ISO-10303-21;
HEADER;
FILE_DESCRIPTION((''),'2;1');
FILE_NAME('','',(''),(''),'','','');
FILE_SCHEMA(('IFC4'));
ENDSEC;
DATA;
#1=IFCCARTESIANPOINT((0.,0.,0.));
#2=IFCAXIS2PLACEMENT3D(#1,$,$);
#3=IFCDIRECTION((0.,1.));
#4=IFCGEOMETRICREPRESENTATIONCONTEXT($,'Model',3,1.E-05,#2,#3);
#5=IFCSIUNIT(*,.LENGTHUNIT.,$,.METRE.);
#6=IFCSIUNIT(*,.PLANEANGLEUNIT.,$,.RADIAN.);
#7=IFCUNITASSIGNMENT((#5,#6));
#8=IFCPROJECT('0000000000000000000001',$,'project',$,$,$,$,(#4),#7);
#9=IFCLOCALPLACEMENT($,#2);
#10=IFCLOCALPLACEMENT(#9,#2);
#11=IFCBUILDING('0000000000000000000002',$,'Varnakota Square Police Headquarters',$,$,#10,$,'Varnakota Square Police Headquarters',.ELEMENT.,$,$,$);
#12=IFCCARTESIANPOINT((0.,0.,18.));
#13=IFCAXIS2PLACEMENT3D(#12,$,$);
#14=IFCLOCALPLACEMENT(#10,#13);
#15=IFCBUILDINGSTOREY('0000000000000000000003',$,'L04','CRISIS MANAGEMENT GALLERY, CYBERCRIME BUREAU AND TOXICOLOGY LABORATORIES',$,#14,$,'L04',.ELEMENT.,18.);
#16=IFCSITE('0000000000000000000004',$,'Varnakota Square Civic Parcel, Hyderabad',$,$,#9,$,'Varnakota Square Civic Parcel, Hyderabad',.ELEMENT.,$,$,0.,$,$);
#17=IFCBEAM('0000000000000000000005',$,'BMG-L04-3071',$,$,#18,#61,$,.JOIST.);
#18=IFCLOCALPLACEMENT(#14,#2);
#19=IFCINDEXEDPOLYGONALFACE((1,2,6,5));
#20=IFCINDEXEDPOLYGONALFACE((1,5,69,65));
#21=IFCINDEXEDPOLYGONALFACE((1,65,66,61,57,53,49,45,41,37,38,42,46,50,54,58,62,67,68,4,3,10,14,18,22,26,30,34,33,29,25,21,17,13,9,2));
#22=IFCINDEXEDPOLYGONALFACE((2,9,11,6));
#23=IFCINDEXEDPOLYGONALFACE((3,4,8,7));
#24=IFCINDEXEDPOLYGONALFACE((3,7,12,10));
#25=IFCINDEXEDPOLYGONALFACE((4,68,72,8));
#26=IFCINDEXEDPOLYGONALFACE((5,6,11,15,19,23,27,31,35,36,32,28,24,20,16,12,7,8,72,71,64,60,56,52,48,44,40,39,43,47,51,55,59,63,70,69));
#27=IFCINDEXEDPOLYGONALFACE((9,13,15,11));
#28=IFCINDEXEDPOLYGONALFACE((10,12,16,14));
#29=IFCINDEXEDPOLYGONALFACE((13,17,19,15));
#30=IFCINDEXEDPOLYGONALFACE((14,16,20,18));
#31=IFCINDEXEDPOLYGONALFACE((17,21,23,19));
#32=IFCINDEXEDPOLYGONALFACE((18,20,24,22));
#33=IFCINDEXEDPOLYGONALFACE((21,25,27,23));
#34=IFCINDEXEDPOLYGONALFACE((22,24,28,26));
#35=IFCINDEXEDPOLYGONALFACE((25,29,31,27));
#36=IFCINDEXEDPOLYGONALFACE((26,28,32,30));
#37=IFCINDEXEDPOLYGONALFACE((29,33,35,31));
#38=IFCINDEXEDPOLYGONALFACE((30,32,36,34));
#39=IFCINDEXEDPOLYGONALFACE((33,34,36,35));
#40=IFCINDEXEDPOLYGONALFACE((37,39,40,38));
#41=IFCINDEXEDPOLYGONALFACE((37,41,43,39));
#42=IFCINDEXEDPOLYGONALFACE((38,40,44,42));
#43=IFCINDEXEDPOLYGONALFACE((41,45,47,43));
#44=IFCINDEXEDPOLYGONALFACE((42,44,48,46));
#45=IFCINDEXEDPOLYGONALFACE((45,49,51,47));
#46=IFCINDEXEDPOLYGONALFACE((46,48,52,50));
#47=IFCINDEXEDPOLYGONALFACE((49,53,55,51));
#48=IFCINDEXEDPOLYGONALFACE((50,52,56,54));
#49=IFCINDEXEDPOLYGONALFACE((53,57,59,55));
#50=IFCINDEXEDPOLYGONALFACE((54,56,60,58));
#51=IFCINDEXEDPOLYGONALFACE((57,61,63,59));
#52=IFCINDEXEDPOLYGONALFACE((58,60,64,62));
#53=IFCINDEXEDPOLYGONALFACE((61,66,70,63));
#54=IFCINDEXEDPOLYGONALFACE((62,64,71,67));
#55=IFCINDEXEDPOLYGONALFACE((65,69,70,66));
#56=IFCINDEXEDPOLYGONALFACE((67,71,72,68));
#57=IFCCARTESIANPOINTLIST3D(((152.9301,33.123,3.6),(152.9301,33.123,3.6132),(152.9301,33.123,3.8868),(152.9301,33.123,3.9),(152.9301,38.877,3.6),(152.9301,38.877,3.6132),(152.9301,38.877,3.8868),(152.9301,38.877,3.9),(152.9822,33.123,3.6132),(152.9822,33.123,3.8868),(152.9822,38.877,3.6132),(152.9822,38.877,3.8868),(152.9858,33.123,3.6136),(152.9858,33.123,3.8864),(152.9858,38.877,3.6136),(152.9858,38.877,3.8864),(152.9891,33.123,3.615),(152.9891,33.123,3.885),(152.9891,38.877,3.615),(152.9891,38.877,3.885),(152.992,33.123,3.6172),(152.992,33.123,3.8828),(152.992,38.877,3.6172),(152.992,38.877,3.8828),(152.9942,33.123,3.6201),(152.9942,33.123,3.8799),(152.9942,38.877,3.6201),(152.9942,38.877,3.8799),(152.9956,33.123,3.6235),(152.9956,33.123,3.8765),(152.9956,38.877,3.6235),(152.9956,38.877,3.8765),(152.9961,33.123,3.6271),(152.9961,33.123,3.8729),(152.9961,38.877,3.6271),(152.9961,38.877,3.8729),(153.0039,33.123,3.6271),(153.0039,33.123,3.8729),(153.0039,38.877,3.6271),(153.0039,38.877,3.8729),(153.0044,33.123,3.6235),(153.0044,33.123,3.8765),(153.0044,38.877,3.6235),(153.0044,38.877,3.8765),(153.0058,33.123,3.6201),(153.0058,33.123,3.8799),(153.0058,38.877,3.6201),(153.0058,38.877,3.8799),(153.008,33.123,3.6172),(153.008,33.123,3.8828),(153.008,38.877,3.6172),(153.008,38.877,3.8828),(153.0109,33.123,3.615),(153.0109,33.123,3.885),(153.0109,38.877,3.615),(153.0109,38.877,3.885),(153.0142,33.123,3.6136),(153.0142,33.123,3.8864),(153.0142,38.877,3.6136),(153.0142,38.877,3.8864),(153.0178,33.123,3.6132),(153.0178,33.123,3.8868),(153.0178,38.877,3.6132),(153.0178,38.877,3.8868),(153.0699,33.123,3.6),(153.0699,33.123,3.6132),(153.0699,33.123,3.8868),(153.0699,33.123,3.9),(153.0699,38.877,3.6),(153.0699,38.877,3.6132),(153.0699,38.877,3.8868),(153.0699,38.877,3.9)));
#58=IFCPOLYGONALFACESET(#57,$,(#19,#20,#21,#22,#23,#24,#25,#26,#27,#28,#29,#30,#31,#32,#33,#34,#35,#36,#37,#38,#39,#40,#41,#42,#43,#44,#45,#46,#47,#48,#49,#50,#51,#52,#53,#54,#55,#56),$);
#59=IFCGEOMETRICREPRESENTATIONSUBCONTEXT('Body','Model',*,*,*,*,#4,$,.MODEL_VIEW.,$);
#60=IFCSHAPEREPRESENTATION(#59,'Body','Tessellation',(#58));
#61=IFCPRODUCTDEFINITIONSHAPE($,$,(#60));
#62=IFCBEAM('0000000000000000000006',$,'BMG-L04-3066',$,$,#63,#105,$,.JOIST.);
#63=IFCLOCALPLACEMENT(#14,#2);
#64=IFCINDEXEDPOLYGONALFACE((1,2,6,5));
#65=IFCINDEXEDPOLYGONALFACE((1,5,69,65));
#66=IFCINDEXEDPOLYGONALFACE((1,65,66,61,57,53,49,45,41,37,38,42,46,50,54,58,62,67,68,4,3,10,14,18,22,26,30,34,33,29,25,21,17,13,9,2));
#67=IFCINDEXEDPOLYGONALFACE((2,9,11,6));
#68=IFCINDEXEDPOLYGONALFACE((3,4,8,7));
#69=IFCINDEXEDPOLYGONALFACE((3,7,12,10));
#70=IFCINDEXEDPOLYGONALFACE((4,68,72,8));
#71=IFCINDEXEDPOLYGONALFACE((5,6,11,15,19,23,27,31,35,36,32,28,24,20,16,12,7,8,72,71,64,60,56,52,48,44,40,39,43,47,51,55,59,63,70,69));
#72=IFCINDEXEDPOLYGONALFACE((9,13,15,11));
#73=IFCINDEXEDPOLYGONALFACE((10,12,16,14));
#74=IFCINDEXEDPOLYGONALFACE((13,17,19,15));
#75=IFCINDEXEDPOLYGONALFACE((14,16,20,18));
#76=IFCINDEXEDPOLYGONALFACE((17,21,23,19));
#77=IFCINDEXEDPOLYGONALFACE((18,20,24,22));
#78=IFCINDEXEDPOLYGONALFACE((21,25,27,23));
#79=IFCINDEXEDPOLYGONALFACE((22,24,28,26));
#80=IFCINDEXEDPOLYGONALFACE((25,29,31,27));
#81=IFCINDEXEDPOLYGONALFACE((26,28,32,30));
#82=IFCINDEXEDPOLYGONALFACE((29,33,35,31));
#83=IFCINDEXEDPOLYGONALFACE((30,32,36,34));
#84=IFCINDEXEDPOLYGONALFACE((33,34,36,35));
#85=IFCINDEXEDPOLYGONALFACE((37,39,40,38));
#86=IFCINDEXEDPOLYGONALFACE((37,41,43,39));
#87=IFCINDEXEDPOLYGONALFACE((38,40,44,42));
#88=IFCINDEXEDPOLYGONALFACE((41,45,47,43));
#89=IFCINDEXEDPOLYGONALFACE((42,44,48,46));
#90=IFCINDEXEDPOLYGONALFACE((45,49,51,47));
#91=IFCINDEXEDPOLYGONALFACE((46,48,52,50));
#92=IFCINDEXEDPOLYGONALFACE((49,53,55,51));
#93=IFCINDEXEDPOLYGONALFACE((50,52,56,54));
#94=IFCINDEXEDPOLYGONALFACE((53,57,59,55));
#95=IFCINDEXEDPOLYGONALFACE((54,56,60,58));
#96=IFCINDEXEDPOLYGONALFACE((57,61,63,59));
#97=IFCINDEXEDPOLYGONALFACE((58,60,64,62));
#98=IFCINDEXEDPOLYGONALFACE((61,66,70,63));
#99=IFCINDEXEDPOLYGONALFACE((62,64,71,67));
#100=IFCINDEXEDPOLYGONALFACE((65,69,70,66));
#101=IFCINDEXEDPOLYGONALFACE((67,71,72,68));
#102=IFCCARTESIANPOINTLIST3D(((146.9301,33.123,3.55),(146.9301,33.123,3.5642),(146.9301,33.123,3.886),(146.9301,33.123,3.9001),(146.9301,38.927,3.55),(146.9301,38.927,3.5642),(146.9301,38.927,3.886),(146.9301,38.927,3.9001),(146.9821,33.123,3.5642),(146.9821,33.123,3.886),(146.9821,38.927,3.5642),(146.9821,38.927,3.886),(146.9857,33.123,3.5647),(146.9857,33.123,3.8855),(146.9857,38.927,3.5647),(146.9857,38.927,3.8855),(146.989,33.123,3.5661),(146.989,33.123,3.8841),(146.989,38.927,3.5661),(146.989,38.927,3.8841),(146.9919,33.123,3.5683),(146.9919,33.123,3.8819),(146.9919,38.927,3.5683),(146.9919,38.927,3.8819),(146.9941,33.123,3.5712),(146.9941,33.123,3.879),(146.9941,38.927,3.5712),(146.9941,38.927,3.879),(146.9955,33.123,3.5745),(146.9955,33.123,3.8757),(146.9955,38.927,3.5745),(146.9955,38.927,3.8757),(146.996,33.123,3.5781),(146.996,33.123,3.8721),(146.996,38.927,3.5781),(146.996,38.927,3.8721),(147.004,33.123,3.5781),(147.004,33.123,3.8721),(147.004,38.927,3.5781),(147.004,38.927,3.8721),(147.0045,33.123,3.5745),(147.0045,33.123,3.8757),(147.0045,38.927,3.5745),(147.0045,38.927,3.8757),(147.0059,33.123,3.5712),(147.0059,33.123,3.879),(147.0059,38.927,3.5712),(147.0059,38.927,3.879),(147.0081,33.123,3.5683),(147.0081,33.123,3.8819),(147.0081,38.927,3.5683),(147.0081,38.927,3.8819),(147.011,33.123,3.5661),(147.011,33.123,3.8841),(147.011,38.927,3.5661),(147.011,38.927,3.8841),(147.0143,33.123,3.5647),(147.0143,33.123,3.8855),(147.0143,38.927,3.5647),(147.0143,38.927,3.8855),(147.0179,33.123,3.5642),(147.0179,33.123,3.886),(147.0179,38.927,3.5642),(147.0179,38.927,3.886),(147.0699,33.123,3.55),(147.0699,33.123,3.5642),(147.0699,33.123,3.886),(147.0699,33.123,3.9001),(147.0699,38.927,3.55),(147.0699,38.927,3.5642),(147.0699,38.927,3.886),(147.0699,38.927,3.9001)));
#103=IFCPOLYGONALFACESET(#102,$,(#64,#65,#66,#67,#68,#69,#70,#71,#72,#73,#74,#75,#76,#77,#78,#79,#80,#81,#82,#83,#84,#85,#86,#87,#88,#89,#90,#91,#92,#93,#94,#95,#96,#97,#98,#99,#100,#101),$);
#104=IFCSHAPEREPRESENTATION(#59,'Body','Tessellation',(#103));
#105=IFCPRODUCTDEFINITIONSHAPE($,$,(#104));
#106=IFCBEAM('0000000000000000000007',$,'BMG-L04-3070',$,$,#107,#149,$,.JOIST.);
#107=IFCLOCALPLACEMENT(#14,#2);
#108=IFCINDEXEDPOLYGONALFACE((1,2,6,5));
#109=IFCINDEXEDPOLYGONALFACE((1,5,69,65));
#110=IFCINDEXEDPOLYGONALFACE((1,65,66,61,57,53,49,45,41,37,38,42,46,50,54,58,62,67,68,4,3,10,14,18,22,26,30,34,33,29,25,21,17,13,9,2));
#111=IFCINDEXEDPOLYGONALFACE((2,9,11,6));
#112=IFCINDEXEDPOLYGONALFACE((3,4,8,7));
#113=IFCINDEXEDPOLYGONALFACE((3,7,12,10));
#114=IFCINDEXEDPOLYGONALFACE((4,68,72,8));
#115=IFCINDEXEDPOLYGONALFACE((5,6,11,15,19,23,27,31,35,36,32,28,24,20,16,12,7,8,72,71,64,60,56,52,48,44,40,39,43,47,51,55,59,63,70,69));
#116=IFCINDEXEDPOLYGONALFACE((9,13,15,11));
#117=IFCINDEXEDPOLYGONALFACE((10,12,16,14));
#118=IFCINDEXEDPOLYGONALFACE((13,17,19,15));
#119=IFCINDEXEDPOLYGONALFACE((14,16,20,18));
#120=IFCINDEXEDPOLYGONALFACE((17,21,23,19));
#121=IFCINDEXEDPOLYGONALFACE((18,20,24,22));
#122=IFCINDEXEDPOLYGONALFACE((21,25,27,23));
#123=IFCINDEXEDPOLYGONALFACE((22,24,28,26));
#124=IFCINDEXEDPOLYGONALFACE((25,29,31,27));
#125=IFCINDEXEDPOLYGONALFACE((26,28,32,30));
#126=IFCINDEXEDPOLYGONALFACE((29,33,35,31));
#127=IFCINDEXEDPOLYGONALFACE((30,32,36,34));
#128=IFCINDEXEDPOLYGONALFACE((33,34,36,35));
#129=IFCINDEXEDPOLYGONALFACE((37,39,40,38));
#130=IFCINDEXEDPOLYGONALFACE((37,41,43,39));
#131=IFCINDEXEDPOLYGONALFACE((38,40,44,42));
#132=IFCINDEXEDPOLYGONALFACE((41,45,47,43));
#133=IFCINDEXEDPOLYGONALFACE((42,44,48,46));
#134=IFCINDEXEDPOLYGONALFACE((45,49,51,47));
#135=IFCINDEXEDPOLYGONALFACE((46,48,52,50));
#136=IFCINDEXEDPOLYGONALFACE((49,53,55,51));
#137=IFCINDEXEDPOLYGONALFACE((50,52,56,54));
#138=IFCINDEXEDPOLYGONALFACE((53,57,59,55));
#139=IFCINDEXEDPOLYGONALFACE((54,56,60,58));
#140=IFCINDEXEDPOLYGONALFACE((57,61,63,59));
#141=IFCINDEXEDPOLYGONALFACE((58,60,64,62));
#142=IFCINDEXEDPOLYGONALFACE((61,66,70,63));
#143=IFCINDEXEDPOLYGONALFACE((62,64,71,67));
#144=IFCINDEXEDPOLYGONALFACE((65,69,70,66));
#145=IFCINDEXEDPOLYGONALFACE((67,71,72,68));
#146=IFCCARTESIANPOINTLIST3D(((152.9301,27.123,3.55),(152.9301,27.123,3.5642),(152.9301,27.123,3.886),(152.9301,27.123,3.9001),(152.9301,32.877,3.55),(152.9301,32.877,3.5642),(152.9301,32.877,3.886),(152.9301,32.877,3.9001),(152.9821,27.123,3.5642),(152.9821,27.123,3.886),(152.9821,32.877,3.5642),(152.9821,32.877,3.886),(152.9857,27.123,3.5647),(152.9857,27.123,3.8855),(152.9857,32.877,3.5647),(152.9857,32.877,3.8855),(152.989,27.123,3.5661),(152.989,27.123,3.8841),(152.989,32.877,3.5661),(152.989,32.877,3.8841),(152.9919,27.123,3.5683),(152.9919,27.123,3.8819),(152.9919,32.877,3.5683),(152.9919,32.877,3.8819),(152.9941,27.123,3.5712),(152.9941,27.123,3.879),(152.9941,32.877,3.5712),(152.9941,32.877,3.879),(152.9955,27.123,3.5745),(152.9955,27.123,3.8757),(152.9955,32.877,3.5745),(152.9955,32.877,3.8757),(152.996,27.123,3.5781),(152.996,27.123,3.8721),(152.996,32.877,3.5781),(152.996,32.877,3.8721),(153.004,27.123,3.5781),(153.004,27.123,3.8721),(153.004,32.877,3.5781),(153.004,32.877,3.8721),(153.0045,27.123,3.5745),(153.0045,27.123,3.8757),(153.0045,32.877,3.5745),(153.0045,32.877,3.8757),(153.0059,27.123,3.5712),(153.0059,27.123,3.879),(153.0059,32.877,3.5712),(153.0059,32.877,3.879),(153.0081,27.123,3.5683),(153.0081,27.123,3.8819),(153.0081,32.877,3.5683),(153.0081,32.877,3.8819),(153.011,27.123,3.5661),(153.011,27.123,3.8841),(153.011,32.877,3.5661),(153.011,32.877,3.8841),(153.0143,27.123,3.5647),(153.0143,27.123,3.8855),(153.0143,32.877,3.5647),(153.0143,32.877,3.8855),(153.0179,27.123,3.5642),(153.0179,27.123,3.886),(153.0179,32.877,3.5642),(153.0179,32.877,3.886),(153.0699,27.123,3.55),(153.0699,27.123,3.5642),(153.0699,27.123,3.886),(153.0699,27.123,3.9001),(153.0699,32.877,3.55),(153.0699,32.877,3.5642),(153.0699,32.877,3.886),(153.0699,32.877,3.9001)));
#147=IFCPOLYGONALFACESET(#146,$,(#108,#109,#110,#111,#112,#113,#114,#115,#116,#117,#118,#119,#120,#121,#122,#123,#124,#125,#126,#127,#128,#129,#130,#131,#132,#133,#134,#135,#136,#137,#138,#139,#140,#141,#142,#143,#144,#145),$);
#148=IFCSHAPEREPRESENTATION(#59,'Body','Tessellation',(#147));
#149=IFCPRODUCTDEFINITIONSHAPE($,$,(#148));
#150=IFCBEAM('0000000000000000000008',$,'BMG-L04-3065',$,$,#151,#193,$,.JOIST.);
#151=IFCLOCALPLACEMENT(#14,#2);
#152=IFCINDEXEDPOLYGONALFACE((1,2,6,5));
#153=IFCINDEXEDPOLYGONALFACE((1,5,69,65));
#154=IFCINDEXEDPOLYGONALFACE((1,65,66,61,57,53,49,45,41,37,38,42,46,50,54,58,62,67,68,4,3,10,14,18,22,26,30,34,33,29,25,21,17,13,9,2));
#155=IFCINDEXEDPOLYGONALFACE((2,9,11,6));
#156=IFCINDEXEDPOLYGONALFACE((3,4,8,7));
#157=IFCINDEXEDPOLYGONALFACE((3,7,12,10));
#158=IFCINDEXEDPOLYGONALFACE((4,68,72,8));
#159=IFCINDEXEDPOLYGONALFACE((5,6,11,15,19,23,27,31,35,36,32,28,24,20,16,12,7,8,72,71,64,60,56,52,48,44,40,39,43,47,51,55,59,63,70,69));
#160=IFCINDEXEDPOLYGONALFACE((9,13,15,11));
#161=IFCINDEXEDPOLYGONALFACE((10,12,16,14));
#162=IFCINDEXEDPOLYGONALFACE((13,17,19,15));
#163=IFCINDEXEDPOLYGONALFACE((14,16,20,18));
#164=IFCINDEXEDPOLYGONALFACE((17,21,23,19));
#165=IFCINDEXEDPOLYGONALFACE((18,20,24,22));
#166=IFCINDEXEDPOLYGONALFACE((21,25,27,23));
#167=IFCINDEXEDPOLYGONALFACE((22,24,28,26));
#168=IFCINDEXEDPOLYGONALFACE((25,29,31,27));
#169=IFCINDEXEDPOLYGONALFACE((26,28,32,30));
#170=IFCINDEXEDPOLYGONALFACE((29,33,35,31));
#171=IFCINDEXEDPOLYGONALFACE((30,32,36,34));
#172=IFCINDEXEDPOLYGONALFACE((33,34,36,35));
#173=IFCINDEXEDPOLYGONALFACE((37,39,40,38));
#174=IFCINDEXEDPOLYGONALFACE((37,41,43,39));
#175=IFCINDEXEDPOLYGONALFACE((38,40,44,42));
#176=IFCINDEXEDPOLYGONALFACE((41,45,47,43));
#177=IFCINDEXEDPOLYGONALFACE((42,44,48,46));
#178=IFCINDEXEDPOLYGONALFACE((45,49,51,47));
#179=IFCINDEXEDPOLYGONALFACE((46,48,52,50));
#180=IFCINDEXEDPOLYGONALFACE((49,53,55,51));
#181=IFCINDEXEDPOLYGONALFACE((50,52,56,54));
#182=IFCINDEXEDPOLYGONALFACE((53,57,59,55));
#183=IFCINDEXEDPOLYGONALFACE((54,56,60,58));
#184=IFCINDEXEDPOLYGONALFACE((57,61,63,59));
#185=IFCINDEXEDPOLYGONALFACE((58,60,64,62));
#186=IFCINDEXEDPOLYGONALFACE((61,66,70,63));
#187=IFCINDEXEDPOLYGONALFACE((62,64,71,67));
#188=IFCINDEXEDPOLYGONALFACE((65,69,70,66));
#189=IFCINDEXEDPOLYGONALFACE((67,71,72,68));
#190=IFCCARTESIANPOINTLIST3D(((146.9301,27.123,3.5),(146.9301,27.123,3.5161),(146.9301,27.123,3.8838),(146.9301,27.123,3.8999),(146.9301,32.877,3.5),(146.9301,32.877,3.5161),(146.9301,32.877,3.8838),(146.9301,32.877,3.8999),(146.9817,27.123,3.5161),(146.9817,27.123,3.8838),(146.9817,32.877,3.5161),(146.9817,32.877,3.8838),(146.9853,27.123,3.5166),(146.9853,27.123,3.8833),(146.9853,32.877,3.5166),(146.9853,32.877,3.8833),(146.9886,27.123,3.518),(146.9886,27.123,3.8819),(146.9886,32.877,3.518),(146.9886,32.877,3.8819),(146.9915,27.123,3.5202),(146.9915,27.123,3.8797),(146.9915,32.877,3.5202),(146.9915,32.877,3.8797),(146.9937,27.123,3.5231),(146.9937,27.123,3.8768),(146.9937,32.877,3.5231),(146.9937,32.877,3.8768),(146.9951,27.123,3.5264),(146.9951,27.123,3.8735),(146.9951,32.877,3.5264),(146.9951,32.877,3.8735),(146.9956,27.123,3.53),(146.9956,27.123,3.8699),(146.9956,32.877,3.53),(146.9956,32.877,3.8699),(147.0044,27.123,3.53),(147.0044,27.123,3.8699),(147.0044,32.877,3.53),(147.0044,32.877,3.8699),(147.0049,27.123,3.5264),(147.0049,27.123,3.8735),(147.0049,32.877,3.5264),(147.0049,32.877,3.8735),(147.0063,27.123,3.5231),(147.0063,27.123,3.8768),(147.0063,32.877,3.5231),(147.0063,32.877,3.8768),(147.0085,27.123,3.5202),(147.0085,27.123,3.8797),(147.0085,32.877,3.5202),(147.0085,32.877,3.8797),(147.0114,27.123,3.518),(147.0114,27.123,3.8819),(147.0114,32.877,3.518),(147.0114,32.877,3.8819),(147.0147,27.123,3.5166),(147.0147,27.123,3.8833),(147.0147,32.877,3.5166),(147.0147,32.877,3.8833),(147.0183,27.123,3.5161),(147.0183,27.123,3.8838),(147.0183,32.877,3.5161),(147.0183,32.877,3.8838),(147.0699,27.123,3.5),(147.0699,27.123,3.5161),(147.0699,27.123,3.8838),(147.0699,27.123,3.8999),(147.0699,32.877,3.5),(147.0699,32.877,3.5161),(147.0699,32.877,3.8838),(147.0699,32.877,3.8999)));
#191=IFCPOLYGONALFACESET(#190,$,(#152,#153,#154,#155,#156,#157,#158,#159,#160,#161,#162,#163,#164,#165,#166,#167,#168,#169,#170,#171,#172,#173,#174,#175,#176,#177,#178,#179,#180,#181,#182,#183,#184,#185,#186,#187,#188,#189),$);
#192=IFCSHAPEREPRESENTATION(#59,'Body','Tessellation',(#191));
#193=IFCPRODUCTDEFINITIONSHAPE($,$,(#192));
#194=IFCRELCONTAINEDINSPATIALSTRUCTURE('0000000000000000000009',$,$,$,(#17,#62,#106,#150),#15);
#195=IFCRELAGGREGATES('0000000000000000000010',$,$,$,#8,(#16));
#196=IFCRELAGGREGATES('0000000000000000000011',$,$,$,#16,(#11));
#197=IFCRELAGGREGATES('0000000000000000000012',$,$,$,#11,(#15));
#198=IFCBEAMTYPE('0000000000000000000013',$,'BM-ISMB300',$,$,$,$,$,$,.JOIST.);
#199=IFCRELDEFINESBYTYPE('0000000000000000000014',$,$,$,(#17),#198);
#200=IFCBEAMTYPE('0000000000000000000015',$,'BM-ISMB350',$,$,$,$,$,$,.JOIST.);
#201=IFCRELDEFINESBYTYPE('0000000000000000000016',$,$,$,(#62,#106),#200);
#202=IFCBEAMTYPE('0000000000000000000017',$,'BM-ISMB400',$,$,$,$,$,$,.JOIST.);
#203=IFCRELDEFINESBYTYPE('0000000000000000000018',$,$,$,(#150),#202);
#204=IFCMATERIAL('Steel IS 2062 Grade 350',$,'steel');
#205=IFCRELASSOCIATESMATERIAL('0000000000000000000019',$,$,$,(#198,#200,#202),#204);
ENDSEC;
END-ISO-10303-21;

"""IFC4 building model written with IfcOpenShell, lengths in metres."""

from ifc_helpers import new_model, si_unit, direction, frame, origin, origin_2d, place, context, subcontext, project, spatial, i_section, extrude, material, material_profile, profile_set, type_object, element, save


model = new_model("IFC4")

# Units and contexts
model_context = context("Model", 3, precision=1e-05, world=origin(), true_north=direction((0.0, 1.0)))
body_context = subcontext(model_context, "Body", "Model", "MODEL_VIEW")
ifc_project = project(units=[si_unit("LENGTHUNIT", "METRE"), si_unit("PLANEANGLEUNIT", "RADIAN")], contexts=[model_context])

# Site, building, storey
site_placement = place(None, origin())
site = spatial("IfcSite", under=ifc_project, at=site_placement, Name="Varnakota Square Civic Parcel, Hyderabad", LongName="Varnakota Square Civic Parcel, Hyderabad", CompositionType="ELEMENT", RefElevation=0.0)
building_placement = place(site_placement, origin())
building = spatial("IfcBuilding", under=site, at=building_placement, Name="Varnakota Square Police Headquarters", LongName="Varnakota Square Police Headquarters", CompositionType="ELEMENT")
storey_placement = place(building_placement, frame((0.0, 0.0, 18.0)))
storey = spatial("IfcBuildingStorey", under=building, at=storey_placement, Name="L04", Description="CRISIS MANAGEMENT GALLERY, CYBERCRIME BUREAU AND TOXICOLOGY LABORATORIES", LongName="L04", CompositionType="ELEMENT", Elevation=18.0)

# Shared definitions
ifc_material_1 = material(Name="Steel IS 2062 Grade 350", Category="steel")

# Beams
ifc_material_profile_1 = material_profile(ifc_material_1, i_section(OverallWidth=0.1399, OverallDepth=0.3, WebThickness=0.0078, FlangeThickness=0.0132, FilletRadius=0.0139, at=origin_2d()), Name="ISMB 300")
ifc_profile_set_1 = profile_set([ifc_material_profile_1], Name="Steel IS 2062 Grade 350")
beam_type_1 = type_object("IfcBeamType", Name="BM-ISMB300", PredefinedType="JOIST", material=ifc_profile_set_1)
beam_1_placement = place(storey_placement, frame((153.0, 33.123, 3.75), z_axis=(0.0, 1.0, 0.0), x_axis=(-1.0, 0.0, 0.0)))
element("IfcBeam", 1, at=beam_1_placement, inside=storey, type_object=beam_type_1, Name="BMG-L04-3071", PredefinedType="JOIST", context=body_context, shape_type="SweptSolid", body=[
    extrude(i_section(OverallWidth=0.1399, OverallDepth=0.3, WebThickness=0.0078, FlangeThickness=0.0132, FilletRadius=0.0139, at=origin_2d()), origin(), (0.0, 0.0, 1.0), 5.7539),
])
ifc_material_profile_2 = material_profile(ifc_material_1, i_section(OverallWidth=0.1399, OverallDepth=0.3501, WebThickness=0.0081, FlangeThickness=0.0142, FilletRadius=0.0139, at=origin_2d()), Name="ISMB 350")
ifc_profile_set_2 = profile_set([ifc_material_profile_2], Name="Steel IS 2062 Grade 350")
beam_type_2 = type_object("IfcBeamType", Name="BM-ISMB350", PredefinedType="JOIST", material=ifc_profile_set_2)
beam_2_placement = place(storey_placement, frame((147.0, 33.123, 3.7251), z_axis=(0.0, 1.0, 0.0), x_axis=(-1.0, 0.0, 0.0)))
element("IfcBeam", 2, at=beam_2_placement, inside=storey, type_object=beam_type_2, Name="BMG-L04-3066", PredefinedType="JOIST", context=body_context, shape_type="SweptSolid", body=[
    extrude(i_section(OverallWidth=0.1399, OverallDepth=0.3501, WebThickness=0.0081, FlangeThickness=0.0142, FilletRadius=0.0139, at=origin_2d()), origin(), (0.0, 0.0, 1.0), 5.804),
])
beam_3_placement = place(storey_placement, frame((153.0, 27.123, 3.7251), z_axis=(0.0, 1.0, 0.0), x_axis=(-1.0, 0.0, 0.0)))
element("IfcBeam", 3, at=beam_3_placement, inside=storey, type_object=beam_type_2, Name="BMG-L04-3070", PredefinedType="JOIST", context=body_context, shape_type="SweptSolid", body=[
    extrude(i_section(OverallWidth=0.1399, OverallDepth=0.3501, WebThickness=0.0081, FlangeThickness=0.0142, FilletRadius=0.0139, at=origin_2d()), origin(), (0.0, 0.0, 1.0), 5.7539),
])
ifc_material_profile_3 = material_profile(ifc_material_1, i_section(OverallWidth=0.1399, OverallDepth=0.3999, WebThickness=0.0088, FlangeThickness=0.0161, FilletRadius=0.0139, at=origin_2d()), Name="ISMB 400")
ifc_profile_set_3 = profile_set([ifc_material_profile_3], Name="Steel IS 2062 Grade 350")
beam_type_3 = type_object("IfcBeamType", Name="BM-ISMB400", PredefinedType="JOIST", material=ifc_profile_set_3)
beam_4_placement = place(storey_placement, frame((147.0, 27.123, 3.7), z_axis=(0.0, 1.0, 0.0), x_axis=(-1.0, 0.0, 0.0)))
element("IfcBeam", 4, at=beam_4_placement, inside=storey, type_object=beam_type_3, Name="BMG-L04-3065", PredefinedType="JOIST", context=body_context, shape_type="SweptSolid", body=[
    extrude(i_section(OverallWidth=0.1399, OverallDepth=0.3999, WebThickness=0.0088, FlangeThickness=0.0161, FilletRadius=0.0139, at=origin_2d()), origin(), (0.0, 0.0, 1.0), 5.7539),
])

save(model, "model.ifc")
